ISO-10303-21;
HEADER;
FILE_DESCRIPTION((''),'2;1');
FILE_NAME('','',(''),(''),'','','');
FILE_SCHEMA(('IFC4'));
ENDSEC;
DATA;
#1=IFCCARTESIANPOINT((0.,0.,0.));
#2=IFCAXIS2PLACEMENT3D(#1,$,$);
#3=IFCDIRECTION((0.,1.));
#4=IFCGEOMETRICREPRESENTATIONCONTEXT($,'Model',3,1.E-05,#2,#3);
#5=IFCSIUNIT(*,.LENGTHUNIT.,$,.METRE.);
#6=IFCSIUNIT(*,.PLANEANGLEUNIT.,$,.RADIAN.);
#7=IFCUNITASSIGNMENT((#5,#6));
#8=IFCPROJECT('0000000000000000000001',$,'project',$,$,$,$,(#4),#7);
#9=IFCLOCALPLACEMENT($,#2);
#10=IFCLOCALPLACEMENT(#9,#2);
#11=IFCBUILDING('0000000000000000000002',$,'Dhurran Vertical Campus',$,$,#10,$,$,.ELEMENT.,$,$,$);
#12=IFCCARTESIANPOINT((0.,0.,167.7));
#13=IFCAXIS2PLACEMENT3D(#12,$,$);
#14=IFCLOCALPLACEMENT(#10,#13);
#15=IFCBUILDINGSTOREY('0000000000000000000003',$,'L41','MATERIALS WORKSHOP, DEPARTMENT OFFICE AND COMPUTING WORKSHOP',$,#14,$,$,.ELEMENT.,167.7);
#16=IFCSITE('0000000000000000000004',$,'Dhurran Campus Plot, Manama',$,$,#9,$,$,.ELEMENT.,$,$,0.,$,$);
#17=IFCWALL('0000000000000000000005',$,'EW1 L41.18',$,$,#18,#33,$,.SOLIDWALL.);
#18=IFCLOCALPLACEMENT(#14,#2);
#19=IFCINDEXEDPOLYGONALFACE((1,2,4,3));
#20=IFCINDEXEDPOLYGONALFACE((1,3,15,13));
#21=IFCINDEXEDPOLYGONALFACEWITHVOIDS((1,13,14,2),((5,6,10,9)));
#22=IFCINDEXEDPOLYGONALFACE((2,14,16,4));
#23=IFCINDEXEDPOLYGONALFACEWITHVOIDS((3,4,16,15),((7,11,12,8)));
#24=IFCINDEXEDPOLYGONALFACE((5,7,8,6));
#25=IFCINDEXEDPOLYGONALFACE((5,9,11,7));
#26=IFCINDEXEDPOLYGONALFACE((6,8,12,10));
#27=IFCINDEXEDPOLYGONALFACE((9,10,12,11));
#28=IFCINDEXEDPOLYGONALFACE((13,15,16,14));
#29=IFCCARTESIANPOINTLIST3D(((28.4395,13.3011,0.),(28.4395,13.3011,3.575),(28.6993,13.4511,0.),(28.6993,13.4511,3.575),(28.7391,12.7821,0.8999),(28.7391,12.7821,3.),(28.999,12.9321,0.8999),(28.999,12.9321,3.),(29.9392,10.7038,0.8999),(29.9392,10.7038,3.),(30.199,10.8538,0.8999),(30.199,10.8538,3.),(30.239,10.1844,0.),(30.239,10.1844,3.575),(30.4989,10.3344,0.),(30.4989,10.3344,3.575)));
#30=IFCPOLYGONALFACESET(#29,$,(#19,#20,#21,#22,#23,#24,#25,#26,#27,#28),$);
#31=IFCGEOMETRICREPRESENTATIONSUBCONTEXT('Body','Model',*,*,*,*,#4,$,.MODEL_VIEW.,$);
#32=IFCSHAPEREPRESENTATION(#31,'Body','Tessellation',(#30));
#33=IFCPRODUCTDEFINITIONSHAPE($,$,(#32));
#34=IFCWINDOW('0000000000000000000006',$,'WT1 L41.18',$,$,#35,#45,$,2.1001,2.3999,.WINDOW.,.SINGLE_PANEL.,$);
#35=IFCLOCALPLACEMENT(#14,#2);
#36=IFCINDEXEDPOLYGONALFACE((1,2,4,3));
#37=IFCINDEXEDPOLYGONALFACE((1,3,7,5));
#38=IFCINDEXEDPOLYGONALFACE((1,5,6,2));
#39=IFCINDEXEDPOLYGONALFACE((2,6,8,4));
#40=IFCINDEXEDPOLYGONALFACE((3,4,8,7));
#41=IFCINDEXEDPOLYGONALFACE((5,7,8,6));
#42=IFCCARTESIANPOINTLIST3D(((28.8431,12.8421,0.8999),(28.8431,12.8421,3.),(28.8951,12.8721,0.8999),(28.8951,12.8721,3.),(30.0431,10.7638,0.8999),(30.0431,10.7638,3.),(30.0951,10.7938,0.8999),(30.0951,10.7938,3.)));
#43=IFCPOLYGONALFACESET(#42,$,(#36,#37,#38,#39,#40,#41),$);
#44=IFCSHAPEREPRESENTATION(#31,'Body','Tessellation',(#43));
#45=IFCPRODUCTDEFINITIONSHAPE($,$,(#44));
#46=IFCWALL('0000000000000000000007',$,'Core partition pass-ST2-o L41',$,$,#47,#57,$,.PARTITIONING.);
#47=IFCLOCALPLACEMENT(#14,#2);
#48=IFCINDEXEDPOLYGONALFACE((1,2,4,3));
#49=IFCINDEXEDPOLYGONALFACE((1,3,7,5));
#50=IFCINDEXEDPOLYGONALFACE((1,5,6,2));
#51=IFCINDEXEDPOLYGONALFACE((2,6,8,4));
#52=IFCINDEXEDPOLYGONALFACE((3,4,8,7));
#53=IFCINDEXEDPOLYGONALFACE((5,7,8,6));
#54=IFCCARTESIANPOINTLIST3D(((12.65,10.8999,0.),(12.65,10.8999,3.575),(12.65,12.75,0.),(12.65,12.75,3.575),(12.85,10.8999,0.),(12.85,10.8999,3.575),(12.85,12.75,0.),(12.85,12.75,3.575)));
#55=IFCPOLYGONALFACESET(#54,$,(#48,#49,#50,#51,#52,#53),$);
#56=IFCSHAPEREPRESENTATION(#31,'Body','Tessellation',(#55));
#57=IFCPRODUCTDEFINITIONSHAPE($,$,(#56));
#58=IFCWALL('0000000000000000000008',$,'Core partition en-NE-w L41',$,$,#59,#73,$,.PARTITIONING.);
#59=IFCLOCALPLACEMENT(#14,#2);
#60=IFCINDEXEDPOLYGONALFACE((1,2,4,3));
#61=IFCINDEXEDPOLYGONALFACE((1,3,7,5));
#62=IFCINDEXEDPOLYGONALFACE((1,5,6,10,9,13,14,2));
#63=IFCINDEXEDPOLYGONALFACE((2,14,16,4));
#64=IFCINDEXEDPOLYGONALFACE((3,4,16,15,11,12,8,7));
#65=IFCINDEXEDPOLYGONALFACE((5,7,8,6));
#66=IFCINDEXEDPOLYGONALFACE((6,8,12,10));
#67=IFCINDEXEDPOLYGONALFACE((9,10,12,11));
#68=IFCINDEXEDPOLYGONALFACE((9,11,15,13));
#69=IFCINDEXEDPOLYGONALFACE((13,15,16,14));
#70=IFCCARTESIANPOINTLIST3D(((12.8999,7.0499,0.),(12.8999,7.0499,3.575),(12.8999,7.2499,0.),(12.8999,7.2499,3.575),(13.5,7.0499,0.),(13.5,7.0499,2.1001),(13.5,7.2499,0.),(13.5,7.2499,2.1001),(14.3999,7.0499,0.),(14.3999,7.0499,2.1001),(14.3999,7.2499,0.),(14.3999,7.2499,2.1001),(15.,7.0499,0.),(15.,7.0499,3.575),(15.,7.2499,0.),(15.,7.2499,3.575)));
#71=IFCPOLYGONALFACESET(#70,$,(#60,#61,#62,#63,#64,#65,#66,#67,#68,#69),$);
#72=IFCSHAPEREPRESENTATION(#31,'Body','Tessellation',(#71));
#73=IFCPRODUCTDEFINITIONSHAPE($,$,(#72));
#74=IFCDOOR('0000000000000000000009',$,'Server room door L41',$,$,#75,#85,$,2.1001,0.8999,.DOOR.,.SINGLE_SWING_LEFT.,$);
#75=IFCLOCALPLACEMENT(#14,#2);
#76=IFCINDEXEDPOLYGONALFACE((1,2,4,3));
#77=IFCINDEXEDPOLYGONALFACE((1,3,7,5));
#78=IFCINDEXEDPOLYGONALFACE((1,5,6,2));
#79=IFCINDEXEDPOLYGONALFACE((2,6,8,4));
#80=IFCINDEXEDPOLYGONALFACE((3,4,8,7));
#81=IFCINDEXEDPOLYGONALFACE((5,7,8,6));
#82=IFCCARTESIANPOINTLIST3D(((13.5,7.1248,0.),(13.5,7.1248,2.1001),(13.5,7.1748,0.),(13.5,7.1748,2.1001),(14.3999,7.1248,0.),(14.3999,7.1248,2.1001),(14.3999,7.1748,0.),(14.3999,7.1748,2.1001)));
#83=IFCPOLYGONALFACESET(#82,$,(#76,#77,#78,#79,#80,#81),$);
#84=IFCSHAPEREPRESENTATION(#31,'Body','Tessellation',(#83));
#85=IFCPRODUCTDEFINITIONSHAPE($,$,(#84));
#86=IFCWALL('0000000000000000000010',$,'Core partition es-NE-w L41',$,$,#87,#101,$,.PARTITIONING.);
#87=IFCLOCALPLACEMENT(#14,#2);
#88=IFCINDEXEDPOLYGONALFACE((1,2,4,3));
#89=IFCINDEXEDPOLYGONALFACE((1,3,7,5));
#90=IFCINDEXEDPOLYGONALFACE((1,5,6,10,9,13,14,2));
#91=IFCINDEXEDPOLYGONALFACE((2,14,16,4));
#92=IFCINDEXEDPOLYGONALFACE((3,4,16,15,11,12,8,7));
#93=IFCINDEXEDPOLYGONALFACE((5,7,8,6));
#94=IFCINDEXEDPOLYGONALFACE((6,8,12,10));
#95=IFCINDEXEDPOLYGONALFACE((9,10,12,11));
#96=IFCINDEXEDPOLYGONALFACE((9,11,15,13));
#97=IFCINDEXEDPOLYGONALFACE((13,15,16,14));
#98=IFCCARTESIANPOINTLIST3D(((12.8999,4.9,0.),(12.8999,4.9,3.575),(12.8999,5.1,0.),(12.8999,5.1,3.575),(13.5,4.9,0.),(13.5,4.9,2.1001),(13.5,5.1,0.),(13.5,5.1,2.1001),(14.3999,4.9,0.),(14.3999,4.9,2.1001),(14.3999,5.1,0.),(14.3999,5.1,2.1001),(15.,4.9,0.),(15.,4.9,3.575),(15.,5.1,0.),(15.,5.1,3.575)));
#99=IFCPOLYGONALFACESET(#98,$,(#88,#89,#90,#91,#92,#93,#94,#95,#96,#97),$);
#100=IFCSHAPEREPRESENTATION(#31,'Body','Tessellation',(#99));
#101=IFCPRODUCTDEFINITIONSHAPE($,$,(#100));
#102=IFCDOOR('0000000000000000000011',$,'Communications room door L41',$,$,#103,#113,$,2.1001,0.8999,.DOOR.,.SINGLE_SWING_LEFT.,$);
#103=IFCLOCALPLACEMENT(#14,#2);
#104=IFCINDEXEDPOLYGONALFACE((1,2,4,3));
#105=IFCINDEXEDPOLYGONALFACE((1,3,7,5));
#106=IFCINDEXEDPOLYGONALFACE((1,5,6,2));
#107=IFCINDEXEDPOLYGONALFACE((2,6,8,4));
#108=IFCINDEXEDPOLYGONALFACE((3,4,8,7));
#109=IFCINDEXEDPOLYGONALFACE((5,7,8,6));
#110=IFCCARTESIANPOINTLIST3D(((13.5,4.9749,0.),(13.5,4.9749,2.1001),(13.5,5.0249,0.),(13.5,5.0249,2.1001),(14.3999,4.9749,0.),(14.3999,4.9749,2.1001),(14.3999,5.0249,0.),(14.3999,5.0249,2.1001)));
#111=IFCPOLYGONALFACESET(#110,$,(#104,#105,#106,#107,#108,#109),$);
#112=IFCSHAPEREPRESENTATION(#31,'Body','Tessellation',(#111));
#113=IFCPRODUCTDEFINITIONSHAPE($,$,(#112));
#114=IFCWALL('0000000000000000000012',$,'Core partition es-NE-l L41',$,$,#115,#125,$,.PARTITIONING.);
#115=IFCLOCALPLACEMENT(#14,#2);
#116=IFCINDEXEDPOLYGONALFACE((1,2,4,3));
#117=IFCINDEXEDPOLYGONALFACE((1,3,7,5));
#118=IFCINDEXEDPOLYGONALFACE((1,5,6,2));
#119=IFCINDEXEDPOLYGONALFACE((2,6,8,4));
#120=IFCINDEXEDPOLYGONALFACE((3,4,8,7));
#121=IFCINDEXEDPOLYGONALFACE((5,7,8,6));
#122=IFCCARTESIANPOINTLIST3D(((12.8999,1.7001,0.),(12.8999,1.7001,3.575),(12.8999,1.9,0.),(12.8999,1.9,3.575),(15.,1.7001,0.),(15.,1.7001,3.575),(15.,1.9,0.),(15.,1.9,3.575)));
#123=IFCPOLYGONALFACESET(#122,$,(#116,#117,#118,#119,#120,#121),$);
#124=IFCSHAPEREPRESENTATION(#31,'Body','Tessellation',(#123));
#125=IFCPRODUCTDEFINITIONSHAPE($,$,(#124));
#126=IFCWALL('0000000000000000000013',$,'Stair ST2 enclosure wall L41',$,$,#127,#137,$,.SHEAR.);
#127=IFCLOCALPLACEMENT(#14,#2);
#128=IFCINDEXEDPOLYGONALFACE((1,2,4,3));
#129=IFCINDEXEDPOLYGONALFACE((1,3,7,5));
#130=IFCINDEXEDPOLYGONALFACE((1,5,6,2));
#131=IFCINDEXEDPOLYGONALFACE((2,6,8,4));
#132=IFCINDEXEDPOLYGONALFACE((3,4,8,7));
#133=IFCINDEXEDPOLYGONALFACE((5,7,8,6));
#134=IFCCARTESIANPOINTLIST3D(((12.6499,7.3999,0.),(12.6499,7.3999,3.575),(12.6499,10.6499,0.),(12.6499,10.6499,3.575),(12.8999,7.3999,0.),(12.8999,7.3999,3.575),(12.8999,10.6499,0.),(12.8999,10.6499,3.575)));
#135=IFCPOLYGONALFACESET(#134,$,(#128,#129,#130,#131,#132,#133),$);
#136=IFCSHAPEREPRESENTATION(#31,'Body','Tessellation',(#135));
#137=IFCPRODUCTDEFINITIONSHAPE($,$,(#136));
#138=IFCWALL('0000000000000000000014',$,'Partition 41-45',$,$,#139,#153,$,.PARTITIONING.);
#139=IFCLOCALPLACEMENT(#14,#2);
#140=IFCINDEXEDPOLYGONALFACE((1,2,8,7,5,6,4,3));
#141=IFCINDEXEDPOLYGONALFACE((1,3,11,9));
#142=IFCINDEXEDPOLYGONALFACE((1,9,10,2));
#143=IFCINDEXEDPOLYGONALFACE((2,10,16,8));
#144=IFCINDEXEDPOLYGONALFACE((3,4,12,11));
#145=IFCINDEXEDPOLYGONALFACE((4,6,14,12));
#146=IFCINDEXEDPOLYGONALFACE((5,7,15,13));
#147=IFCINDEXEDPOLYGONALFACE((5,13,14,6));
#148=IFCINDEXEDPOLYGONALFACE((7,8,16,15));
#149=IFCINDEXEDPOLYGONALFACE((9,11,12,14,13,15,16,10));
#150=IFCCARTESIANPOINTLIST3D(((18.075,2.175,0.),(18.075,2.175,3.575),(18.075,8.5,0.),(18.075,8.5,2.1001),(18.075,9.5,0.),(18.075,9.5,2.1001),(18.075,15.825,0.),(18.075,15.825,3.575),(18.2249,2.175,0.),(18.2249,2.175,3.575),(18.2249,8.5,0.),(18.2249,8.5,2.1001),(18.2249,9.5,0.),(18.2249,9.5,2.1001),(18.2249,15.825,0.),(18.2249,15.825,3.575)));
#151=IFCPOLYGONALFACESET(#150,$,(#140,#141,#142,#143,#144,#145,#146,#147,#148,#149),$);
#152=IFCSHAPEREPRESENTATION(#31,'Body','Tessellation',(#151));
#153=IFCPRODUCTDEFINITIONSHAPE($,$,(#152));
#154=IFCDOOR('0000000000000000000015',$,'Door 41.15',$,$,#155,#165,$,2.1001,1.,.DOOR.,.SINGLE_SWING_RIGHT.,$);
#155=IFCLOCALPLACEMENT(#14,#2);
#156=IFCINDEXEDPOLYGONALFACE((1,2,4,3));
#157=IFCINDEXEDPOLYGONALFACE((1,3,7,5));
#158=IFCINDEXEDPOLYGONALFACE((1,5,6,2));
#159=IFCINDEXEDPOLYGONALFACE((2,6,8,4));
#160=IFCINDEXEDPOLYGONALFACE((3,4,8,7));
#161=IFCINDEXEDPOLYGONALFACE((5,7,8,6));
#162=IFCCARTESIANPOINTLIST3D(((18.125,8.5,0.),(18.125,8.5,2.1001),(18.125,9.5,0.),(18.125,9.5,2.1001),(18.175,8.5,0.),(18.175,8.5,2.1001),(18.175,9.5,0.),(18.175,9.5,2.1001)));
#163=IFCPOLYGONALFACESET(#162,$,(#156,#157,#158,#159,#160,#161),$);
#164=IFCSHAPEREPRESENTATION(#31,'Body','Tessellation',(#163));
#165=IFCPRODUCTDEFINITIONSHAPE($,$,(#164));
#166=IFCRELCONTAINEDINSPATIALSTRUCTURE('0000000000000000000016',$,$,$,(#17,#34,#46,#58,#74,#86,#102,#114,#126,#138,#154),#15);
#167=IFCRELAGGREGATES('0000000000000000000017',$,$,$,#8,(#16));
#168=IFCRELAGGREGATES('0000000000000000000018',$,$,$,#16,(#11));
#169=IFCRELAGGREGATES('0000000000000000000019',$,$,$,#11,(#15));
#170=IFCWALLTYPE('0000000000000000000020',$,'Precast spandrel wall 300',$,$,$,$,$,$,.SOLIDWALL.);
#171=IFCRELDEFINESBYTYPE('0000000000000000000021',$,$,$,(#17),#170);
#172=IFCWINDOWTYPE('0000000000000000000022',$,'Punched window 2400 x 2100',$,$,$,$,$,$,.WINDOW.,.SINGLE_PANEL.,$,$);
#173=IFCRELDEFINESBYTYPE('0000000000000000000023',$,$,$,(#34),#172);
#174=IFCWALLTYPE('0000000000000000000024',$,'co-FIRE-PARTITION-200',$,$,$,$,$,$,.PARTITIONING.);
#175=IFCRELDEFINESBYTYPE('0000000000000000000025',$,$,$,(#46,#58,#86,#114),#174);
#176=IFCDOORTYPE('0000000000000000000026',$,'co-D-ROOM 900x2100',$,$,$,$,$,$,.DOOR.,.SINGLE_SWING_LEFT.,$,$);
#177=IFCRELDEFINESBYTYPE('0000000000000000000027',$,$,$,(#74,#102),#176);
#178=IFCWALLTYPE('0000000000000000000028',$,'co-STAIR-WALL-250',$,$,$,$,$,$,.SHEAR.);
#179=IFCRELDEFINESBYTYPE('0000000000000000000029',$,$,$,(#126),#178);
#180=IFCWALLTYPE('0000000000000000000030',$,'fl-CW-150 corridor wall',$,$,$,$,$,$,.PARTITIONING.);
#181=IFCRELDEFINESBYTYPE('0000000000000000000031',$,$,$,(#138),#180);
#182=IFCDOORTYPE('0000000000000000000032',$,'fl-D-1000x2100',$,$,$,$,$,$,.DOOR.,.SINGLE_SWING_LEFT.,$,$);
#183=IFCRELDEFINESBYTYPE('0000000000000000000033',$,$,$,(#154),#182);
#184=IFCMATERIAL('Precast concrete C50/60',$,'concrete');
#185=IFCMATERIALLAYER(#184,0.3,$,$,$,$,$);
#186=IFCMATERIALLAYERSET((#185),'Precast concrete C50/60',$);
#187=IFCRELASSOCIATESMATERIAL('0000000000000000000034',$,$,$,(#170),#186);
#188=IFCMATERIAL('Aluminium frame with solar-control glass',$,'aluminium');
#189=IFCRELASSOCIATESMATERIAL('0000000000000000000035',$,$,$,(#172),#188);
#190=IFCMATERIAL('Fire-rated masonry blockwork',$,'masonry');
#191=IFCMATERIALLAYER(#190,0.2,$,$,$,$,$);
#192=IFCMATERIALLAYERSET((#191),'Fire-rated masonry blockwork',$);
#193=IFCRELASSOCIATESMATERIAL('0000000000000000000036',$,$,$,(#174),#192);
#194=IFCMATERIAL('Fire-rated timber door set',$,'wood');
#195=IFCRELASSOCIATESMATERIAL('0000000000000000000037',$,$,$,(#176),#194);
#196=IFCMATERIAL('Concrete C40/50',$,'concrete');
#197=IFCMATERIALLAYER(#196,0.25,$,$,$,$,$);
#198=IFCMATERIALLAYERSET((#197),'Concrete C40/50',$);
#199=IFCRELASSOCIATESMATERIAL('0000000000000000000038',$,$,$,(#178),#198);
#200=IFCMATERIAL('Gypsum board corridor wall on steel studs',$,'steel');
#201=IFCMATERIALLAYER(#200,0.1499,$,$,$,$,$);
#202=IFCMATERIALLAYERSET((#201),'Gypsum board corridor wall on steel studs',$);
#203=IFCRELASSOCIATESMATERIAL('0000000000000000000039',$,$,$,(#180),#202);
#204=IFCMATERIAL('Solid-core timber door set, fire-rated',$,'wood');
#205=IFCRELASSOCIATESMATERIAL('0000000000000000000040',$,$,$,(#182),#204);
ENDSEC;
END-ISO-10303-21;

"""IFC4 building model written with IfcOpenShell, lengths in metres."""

from ifc_helpers import new_model, si_unit, direction, frame, frame_2d, origin, place, context, subcontext, project, spatial, rectangle, extrude, material, layer, layer_set, type_object, element, fill, save


model = new_model("IFC4")

# Units and contexts
model_context = context("Model", 3, precision=1e-05, world=origin(), true_north=direction((0.0, 1.0)))
body_context = subcontext(model_context, "Body", "Model", "MODEL_VIEW")
ifc_project = project(units=[si_unit("LENGTHUNIT", "METRE"), si_unit("PLANEANGLEUNIT", "RADIAN")], contexts=[model_context])

# Site, building, storey
site_placement = place(None, origin())
site = spatial("IfcSite", under=ifc_project, at=site_placement, Name="Dhurran Campus Plot, Manama", CompositionType="ELEMENT", RefElevation=0.0)
building_placement = place(site_placement, origin())
building = spatial("IfcBuilding", under=site, at=building_placement, Name="Dhurran Vertical Campus", CompositionType="ELEMENT")
storey_placement = place(building_placement, frame((0.0, 0.0, 167.7)))
storey = spatial("IfcBuildingStorey", under=building, at=storey_placement, Name="L41", Description="MATERIALS WORKSHOP, DEPARTMENT OFFICE AND COMPUTING WORKSHOP", CompositionType="ELEMENT", Elevation=167.7)

# Wall, opening, window
ifc_material_1 = material(Name="Precast concrete C50/60", Category="concrete")
ifc_layer_1 = layer(ifc_material_1, 0.3)
ifc_layer_set_1 = layer_set([ifc_layer_1], Name="Precast concrete C50/60")
wall_type_1 = type_object("IfcWallType", Name="Precast spandrel wall 300", PredefinedType="SOLIDWALL", material=ifc_layer_set_1)
ifc_material_2 = material(Name="Aluminium frame with solar-control glass", Category="aluminium")
window_type = type_object("IfcWindowType", Name="Punched window 2400 x 2100", PartitioningType="SINGLE_PANEL", PredefinedType="WINDOW", material=ifc_material_2)
wall_1_placement = place(storey_placement, frame((30.3689, 10.2595, 0.0), z_axis=(0.0, 0.0, 1.0), x_axis=(-0.500028, 0.866009, 0.0)))
wall_1 = element("IfcWall", 1, at=wall_1_placement, inside=storey, type_object=wall_type_1, Name="EW1 L41.18", PredefinedType="SOLIDWALL", context=body_context, shape_type="SweptSolid", body=[
    extrude(rectangle(XDim=3.5989, YDim=0.3, at=frame_2d((1.7993, 0.0))), origin(), (0.0, 0.0, 1.0), 3.575),
])
opening_1_placement = place(wall_1_placement, frame((0.5996, 0.0, 0.8999)))
opening_1 = element("IfcOpeningElement", 2, at=opening_1_placement, cuts=wall_1, PredefinedType="OPENING", context=body_context, shape_type="SweptSolid", body=[
    extrude(rectangle(XDim=2.3999, YDim=2.1001, at=frame_2d((1.2, 1.05))), frame((0.0, 0.1599, 0.0), z_axis=(0.0, -1.0, 0.0), x_axis=(1.0, 0.0, 0.0)), (0.0, 0.0, 1.0), 0.3201),
])
window_1_placement = place(opening_1_placement, origin())
window_1 = element("IfcWindow", 3, at=window_1_placement, inside=storey, type_object=window_type, Name="WT1 L41.18", OverallHeight=2.1001, OverallWidth=2.3999, PartitioningType="SINGLE_PANEL", PredefinedType="WINDOW", context=body_context, shape_type="SweptSolid", body=[
    extrude(rectangle(XDim=2.3999, YDim=2.1001, at=frame_2d((1.2, 1.05))), frame((0.0, 0.03, 0.0), z_axis=(0.0, -1.0, 0.0), x_axis=(1.0, 0.0, 0.0)), (0.0, 0.0, 1.0), 0.0601),
])
fill(opening_1, window_1)

# Wall
ifc_material_3 = material(Name="Fire-rated masonry blockwork", Category="masonry")
ifc_layer_2 = layer(ifc_material_3, 0.2)
ifc_layer_set_2 = layer_set([ifc_layer_2], Name="Fire-rated masonry blockwork")
wall_type_2 = type_object("IfcWallType", Name="co-FIRE-PARTITION-200", PredefinedType="PARTITIONING", material=ifc_layer_set_2)
wall_2_placement = place(storey_placement, frame((12.75, 10.8999, 0.0), z_axis=(0.0, 0.0, 1.0), x_axis=(0.0, 1.0, 0.0)))
element("IfcWall", 4, at=wall_2_placement, inside=storey, type_object=wall_type_2, Name="Core partition pass-ST2-o L41", PredefinedType="PARTITIONING", context=body_context, shape_type="SweptSolid", body=[
    extrude(rectangle(XDim=1.8501, YDim=0.2, at=frame_2d((0.925, 0.0))), origin(), (0.0, 0.0, 1.0), 3.575),
])

# Walls, openings, doors
wall_3_placement = place(storey_placement, frame((12.8999, 7.1499, 0.0), z_axis=(0.0, 0.0, 1.0), x_axis=(1.0, 0.0, 0.0)))
wall_3 = element("IfcWall", 5, at=wall_3_placement, inside=storey, type_object=wall_type_2, Name="Core partition en-NE-w L41", PredefinedType="PARTITIONING", context=body_context, shape_type="SweptSolid", body=[
    extrude(rectangle(XDim=2.1001, YDim=0.2, at=frame_2d((1.05, 0.0))), origin(), (0.0, 0.0, 1.0), 3.575),
])
opening_2_placement = place(wall_3_placement, frame((0.6001, 0.0, 0.0)))
opening_2 = element("IfcOpeningElement", 6, at=opening_2_placement, cuts=wall_3, PredefinedType="OPENING", context=body_context, shape_type="SweptSolid", body=[
    extrude(rectangle(XDim=0.8999, YDim=2.1001, at=frame_2d((0.45, 1.05))), frame((0.0, 0.1099, 0.0), z_axis=(0.0, -1.0, 0.0), x_axis=(1.0, 0.0, 0.0)), (0.0, 0.0, 1.0), 0.22),
])
ifc_material_4 = material(Name="Fire-rated timber door set", Category="wood")
door_type_1 = type_object("IfcDoorType", Name="co-D-ROOM 900x2100", OperationType="SINGLE_SWING_LEFT", PredefinedType="DOOR", material=ifc_material_4)
door_1_placement = place(opening_2_placement, origin())
door_1 = element("IfcDoor", 7, at=door_1_placement, inside=storey, type_object=door_type_1, Name="Server room door L41", OperationType="SINGLE_SWING_LEFT", OverallHeight=2.1001, OverallWidth=0.8999, PredefinedType="DOOR", context=body_context, shape_type="SweptSolid", body=[
    extrude(rectangle(XDim=0.8999, YDim=2.1001, at=frame_2d((0.45, 1.05))), frame((0.0, 0.0249, 0.0), z_axis=(0.0, -1.0, 0.0), x_axis=(1.0, 0.0, 0.0)), (0.0, 0.0, 1.0), 0.05),
])
fill(opening_2, door_1)
wall_4_placement = place(storey_placement, frame((12.8999, 5.0, 0.0), z_axis=(0.0, 0.0, 1.0), x_axis=(1.0, 0.0, 0.0)))
wall_4 = element("IfcWall", 8, at=wall_4_placement, inside=storey, type_object=wall_type_2, Name="Core partition es-NE-w L41", PredefinedType="PARTITIONING", context=body_context, shape_type="SweptSolid", body=[
    extrude(rectangle(XDim=2.1001, YDim=0.2, at=frame_2d((1.05, 0.0))), origin(), (0.0, 0.0, 1.0), 3.575),
])
opening_3_placement = place(wall_4_placement, frame((0.6001, 0.0, 0.0)))
opening_3 = element("IfcOpeningElement", 9, at=opening_3_placement, cuts=wall_4, PredefinedType="OPENING", context=body_context, shape_type="SweptSolid", body=[
    extrude(rectangle(XDim=0.8999, YDim=2.1001, at=frame_2d((0.45, 1.05))), frame((0.0, 0.1099, 0.0), z_axis=(0.0, -1.0, 0.0), x_axis=(1.0, 0.0, 0.0)), (0.0, 0.0, 1.0), 0.22),
])
door_2_placement = place(opening_3_placement, origin())
door_2 = element("IfcDoor", 10, at=door_2_placement, inside=storey, type_object=door_type_1, Name="Communications room door L41", OperationType="SINGLE_SWING_LEFT", OverallHeight=2.1001, OverallWidth=0.8999, PredefinedType="DOOR", context=body_context, shape_type="SweptSolid", body=[
    extrude(rectangle(XDim=0.8999, YDim=2.1001, at=frame_2d((0.45, 1.05))), frame((0.0, 0.0249, 0.0), z_axis=(0.0, -1.0, 0.0), x_axis=(1.0, 0.0, 0.0)), (0.0, 0.0, 1.0), 0.05),
])
fill(opening_3, door_2)

# Walls
wall_5_placement = place(storey_placement, frame((12.8999, 1.8, 0.0), z_axis=(0.0, 0.0, 1.0), x_axis=(1.0, 0.0, 0.0)))
element("IfcWall", 11, at=wall_5_placement, inside=storey, type_object=wall_type_2, Name="Core partition es-NE-l L41", PredefinedType="PARTITIONING", context=body_context, shape_type="SweptSolid", body=[
    extrude(rectangle(XDim=2.1001, YDim=0.2, at=frame_2d((1.05, 0.0))), origin(), (0.0, 0.0, 1.0), 3.575),
])
ifc_material_5 = material(Name="Concrete C40/50", Category="concrete")
ifc_layer_3 = layer(ifc_material_5, 0.25)
ifc_layer_set_3 = layer_set([ifc_layer_3], Name="Concrete C40/50")
wall_type_3 = type_object("IfcWallType", Name="co-STAIR-WALL-250", PredefinedType="SHEAR", material=ifc_layer_set_3)
wall_6_placement = place(storey_placement, frame((12.7749, 7.3999, 0.0), z_axis=(0.0, 0.0, 1.0), x_axis=(0.0, 1.0, 0.0)))
element("IfcWall", 12, at=wall_6_placement, inside=storey, type_object=wall_type_3, Name="Stair ST2 enclosure wall L41", PredefinedType="SHEAR", context=body_context, shape_type="SweptSolid", body=[
    extrude(rectangle(XDim=3.25, YDim=0.25, at=frame_2d((1.625, 0.0))), origin(), (0.0, 0.0, 1.0), 3.575),
])

# Wall, opening, door
ifc_material_6 = material(Name="Gypsum board corridor wall on steel studs", Category="steel")
ifc_layer_4 = layer(ifc_material_6, 0.1499)
ifc_layer_set_4 = layer_set([ifc_layer_4], Name="Gypsum board corridor wall on steel studs")
wall_type_4 = type_object("IfcWallType", Name="fl-CW-150 corridor wall", PredefinedType="PARTITIONING", material=ifc_layer_set_4)
wall_7_placement = place(storey_placement, frame((18.1499, 2.175, 0.0), z_axis=(0.0, 0.0, 1.0), x_axis=(0.0, 1.0, 0.0)))
wall_7 = element("IfcWall", 13, at=wall_7_placement, inside=storey, type_object=wall_type_4, Name="Partition 41-45", PredefinedType="PARTITIONING", context=body_context, shape_type="SweptSolid", body=[
    extrude(rectangle(XDim=13.6499, YDim=0.1499, at=frame_2d((6.825, 0.0))), origin(), (0.0, 0.0, 1.0), 3.575),
])
opening_4_placement = place(wall_7_placement, frame((6.325, 0.0, 0.0)))
opening_4 = element("IfcOpeningElement", 14, at=opening_4_placement, cuts=wall_7, PredefinedType="OPENING", context=body_context, shape_type="SweptSolid", body=[
    extrude(rectangle(XDim=1.0, YDim=2.1001, at=frame_2d((0.5, 1.05))), frame((0.0, 0.085, 0.0), z_axis=(0.0, -1.0, 0.0), x_axis=(1.0, 0.0, 0.0)), (0.0, 0.0, 1.0), 0.1699),
])
ifc_material_7 = material(Name="Solid-core timber door set, fire-rated", Category="wood")
door_type_2 = type_object("IfcDoorType", Name="fl-D-1000x2100", OperationType="SINGLE_SWING_LEFT", PredefinedType="DOOR", material=ifc_material_7)
door_3_placement = place(opening_4_placement, origin())
door_3 = element("IfcDoor", 15, at=door_3_placement, inside=storey, type_object=door_type_2, Name="Door 41.15", OperationType="SINGLE_SWING_RIGHT", OverallHeight=2.1001, OverallWidth=1.0, PredefinedType="DOOR", context=body_context, shape_type="SweptSolid", body=[
    extrude(rectangle(XDim=1.0, YDim=2.1001, at=frame_2d((0.5, 1.05))), frame((0.0, 0.0249, 0.0), z_axis=(0.0, -1.0, 0.0), x_axis=(1.0, 0.0, 0.0)), (0.0, 0.0, 1.0), 0.05),
])
fill(opening_4, door_3)

save(model, "model.ifc")
